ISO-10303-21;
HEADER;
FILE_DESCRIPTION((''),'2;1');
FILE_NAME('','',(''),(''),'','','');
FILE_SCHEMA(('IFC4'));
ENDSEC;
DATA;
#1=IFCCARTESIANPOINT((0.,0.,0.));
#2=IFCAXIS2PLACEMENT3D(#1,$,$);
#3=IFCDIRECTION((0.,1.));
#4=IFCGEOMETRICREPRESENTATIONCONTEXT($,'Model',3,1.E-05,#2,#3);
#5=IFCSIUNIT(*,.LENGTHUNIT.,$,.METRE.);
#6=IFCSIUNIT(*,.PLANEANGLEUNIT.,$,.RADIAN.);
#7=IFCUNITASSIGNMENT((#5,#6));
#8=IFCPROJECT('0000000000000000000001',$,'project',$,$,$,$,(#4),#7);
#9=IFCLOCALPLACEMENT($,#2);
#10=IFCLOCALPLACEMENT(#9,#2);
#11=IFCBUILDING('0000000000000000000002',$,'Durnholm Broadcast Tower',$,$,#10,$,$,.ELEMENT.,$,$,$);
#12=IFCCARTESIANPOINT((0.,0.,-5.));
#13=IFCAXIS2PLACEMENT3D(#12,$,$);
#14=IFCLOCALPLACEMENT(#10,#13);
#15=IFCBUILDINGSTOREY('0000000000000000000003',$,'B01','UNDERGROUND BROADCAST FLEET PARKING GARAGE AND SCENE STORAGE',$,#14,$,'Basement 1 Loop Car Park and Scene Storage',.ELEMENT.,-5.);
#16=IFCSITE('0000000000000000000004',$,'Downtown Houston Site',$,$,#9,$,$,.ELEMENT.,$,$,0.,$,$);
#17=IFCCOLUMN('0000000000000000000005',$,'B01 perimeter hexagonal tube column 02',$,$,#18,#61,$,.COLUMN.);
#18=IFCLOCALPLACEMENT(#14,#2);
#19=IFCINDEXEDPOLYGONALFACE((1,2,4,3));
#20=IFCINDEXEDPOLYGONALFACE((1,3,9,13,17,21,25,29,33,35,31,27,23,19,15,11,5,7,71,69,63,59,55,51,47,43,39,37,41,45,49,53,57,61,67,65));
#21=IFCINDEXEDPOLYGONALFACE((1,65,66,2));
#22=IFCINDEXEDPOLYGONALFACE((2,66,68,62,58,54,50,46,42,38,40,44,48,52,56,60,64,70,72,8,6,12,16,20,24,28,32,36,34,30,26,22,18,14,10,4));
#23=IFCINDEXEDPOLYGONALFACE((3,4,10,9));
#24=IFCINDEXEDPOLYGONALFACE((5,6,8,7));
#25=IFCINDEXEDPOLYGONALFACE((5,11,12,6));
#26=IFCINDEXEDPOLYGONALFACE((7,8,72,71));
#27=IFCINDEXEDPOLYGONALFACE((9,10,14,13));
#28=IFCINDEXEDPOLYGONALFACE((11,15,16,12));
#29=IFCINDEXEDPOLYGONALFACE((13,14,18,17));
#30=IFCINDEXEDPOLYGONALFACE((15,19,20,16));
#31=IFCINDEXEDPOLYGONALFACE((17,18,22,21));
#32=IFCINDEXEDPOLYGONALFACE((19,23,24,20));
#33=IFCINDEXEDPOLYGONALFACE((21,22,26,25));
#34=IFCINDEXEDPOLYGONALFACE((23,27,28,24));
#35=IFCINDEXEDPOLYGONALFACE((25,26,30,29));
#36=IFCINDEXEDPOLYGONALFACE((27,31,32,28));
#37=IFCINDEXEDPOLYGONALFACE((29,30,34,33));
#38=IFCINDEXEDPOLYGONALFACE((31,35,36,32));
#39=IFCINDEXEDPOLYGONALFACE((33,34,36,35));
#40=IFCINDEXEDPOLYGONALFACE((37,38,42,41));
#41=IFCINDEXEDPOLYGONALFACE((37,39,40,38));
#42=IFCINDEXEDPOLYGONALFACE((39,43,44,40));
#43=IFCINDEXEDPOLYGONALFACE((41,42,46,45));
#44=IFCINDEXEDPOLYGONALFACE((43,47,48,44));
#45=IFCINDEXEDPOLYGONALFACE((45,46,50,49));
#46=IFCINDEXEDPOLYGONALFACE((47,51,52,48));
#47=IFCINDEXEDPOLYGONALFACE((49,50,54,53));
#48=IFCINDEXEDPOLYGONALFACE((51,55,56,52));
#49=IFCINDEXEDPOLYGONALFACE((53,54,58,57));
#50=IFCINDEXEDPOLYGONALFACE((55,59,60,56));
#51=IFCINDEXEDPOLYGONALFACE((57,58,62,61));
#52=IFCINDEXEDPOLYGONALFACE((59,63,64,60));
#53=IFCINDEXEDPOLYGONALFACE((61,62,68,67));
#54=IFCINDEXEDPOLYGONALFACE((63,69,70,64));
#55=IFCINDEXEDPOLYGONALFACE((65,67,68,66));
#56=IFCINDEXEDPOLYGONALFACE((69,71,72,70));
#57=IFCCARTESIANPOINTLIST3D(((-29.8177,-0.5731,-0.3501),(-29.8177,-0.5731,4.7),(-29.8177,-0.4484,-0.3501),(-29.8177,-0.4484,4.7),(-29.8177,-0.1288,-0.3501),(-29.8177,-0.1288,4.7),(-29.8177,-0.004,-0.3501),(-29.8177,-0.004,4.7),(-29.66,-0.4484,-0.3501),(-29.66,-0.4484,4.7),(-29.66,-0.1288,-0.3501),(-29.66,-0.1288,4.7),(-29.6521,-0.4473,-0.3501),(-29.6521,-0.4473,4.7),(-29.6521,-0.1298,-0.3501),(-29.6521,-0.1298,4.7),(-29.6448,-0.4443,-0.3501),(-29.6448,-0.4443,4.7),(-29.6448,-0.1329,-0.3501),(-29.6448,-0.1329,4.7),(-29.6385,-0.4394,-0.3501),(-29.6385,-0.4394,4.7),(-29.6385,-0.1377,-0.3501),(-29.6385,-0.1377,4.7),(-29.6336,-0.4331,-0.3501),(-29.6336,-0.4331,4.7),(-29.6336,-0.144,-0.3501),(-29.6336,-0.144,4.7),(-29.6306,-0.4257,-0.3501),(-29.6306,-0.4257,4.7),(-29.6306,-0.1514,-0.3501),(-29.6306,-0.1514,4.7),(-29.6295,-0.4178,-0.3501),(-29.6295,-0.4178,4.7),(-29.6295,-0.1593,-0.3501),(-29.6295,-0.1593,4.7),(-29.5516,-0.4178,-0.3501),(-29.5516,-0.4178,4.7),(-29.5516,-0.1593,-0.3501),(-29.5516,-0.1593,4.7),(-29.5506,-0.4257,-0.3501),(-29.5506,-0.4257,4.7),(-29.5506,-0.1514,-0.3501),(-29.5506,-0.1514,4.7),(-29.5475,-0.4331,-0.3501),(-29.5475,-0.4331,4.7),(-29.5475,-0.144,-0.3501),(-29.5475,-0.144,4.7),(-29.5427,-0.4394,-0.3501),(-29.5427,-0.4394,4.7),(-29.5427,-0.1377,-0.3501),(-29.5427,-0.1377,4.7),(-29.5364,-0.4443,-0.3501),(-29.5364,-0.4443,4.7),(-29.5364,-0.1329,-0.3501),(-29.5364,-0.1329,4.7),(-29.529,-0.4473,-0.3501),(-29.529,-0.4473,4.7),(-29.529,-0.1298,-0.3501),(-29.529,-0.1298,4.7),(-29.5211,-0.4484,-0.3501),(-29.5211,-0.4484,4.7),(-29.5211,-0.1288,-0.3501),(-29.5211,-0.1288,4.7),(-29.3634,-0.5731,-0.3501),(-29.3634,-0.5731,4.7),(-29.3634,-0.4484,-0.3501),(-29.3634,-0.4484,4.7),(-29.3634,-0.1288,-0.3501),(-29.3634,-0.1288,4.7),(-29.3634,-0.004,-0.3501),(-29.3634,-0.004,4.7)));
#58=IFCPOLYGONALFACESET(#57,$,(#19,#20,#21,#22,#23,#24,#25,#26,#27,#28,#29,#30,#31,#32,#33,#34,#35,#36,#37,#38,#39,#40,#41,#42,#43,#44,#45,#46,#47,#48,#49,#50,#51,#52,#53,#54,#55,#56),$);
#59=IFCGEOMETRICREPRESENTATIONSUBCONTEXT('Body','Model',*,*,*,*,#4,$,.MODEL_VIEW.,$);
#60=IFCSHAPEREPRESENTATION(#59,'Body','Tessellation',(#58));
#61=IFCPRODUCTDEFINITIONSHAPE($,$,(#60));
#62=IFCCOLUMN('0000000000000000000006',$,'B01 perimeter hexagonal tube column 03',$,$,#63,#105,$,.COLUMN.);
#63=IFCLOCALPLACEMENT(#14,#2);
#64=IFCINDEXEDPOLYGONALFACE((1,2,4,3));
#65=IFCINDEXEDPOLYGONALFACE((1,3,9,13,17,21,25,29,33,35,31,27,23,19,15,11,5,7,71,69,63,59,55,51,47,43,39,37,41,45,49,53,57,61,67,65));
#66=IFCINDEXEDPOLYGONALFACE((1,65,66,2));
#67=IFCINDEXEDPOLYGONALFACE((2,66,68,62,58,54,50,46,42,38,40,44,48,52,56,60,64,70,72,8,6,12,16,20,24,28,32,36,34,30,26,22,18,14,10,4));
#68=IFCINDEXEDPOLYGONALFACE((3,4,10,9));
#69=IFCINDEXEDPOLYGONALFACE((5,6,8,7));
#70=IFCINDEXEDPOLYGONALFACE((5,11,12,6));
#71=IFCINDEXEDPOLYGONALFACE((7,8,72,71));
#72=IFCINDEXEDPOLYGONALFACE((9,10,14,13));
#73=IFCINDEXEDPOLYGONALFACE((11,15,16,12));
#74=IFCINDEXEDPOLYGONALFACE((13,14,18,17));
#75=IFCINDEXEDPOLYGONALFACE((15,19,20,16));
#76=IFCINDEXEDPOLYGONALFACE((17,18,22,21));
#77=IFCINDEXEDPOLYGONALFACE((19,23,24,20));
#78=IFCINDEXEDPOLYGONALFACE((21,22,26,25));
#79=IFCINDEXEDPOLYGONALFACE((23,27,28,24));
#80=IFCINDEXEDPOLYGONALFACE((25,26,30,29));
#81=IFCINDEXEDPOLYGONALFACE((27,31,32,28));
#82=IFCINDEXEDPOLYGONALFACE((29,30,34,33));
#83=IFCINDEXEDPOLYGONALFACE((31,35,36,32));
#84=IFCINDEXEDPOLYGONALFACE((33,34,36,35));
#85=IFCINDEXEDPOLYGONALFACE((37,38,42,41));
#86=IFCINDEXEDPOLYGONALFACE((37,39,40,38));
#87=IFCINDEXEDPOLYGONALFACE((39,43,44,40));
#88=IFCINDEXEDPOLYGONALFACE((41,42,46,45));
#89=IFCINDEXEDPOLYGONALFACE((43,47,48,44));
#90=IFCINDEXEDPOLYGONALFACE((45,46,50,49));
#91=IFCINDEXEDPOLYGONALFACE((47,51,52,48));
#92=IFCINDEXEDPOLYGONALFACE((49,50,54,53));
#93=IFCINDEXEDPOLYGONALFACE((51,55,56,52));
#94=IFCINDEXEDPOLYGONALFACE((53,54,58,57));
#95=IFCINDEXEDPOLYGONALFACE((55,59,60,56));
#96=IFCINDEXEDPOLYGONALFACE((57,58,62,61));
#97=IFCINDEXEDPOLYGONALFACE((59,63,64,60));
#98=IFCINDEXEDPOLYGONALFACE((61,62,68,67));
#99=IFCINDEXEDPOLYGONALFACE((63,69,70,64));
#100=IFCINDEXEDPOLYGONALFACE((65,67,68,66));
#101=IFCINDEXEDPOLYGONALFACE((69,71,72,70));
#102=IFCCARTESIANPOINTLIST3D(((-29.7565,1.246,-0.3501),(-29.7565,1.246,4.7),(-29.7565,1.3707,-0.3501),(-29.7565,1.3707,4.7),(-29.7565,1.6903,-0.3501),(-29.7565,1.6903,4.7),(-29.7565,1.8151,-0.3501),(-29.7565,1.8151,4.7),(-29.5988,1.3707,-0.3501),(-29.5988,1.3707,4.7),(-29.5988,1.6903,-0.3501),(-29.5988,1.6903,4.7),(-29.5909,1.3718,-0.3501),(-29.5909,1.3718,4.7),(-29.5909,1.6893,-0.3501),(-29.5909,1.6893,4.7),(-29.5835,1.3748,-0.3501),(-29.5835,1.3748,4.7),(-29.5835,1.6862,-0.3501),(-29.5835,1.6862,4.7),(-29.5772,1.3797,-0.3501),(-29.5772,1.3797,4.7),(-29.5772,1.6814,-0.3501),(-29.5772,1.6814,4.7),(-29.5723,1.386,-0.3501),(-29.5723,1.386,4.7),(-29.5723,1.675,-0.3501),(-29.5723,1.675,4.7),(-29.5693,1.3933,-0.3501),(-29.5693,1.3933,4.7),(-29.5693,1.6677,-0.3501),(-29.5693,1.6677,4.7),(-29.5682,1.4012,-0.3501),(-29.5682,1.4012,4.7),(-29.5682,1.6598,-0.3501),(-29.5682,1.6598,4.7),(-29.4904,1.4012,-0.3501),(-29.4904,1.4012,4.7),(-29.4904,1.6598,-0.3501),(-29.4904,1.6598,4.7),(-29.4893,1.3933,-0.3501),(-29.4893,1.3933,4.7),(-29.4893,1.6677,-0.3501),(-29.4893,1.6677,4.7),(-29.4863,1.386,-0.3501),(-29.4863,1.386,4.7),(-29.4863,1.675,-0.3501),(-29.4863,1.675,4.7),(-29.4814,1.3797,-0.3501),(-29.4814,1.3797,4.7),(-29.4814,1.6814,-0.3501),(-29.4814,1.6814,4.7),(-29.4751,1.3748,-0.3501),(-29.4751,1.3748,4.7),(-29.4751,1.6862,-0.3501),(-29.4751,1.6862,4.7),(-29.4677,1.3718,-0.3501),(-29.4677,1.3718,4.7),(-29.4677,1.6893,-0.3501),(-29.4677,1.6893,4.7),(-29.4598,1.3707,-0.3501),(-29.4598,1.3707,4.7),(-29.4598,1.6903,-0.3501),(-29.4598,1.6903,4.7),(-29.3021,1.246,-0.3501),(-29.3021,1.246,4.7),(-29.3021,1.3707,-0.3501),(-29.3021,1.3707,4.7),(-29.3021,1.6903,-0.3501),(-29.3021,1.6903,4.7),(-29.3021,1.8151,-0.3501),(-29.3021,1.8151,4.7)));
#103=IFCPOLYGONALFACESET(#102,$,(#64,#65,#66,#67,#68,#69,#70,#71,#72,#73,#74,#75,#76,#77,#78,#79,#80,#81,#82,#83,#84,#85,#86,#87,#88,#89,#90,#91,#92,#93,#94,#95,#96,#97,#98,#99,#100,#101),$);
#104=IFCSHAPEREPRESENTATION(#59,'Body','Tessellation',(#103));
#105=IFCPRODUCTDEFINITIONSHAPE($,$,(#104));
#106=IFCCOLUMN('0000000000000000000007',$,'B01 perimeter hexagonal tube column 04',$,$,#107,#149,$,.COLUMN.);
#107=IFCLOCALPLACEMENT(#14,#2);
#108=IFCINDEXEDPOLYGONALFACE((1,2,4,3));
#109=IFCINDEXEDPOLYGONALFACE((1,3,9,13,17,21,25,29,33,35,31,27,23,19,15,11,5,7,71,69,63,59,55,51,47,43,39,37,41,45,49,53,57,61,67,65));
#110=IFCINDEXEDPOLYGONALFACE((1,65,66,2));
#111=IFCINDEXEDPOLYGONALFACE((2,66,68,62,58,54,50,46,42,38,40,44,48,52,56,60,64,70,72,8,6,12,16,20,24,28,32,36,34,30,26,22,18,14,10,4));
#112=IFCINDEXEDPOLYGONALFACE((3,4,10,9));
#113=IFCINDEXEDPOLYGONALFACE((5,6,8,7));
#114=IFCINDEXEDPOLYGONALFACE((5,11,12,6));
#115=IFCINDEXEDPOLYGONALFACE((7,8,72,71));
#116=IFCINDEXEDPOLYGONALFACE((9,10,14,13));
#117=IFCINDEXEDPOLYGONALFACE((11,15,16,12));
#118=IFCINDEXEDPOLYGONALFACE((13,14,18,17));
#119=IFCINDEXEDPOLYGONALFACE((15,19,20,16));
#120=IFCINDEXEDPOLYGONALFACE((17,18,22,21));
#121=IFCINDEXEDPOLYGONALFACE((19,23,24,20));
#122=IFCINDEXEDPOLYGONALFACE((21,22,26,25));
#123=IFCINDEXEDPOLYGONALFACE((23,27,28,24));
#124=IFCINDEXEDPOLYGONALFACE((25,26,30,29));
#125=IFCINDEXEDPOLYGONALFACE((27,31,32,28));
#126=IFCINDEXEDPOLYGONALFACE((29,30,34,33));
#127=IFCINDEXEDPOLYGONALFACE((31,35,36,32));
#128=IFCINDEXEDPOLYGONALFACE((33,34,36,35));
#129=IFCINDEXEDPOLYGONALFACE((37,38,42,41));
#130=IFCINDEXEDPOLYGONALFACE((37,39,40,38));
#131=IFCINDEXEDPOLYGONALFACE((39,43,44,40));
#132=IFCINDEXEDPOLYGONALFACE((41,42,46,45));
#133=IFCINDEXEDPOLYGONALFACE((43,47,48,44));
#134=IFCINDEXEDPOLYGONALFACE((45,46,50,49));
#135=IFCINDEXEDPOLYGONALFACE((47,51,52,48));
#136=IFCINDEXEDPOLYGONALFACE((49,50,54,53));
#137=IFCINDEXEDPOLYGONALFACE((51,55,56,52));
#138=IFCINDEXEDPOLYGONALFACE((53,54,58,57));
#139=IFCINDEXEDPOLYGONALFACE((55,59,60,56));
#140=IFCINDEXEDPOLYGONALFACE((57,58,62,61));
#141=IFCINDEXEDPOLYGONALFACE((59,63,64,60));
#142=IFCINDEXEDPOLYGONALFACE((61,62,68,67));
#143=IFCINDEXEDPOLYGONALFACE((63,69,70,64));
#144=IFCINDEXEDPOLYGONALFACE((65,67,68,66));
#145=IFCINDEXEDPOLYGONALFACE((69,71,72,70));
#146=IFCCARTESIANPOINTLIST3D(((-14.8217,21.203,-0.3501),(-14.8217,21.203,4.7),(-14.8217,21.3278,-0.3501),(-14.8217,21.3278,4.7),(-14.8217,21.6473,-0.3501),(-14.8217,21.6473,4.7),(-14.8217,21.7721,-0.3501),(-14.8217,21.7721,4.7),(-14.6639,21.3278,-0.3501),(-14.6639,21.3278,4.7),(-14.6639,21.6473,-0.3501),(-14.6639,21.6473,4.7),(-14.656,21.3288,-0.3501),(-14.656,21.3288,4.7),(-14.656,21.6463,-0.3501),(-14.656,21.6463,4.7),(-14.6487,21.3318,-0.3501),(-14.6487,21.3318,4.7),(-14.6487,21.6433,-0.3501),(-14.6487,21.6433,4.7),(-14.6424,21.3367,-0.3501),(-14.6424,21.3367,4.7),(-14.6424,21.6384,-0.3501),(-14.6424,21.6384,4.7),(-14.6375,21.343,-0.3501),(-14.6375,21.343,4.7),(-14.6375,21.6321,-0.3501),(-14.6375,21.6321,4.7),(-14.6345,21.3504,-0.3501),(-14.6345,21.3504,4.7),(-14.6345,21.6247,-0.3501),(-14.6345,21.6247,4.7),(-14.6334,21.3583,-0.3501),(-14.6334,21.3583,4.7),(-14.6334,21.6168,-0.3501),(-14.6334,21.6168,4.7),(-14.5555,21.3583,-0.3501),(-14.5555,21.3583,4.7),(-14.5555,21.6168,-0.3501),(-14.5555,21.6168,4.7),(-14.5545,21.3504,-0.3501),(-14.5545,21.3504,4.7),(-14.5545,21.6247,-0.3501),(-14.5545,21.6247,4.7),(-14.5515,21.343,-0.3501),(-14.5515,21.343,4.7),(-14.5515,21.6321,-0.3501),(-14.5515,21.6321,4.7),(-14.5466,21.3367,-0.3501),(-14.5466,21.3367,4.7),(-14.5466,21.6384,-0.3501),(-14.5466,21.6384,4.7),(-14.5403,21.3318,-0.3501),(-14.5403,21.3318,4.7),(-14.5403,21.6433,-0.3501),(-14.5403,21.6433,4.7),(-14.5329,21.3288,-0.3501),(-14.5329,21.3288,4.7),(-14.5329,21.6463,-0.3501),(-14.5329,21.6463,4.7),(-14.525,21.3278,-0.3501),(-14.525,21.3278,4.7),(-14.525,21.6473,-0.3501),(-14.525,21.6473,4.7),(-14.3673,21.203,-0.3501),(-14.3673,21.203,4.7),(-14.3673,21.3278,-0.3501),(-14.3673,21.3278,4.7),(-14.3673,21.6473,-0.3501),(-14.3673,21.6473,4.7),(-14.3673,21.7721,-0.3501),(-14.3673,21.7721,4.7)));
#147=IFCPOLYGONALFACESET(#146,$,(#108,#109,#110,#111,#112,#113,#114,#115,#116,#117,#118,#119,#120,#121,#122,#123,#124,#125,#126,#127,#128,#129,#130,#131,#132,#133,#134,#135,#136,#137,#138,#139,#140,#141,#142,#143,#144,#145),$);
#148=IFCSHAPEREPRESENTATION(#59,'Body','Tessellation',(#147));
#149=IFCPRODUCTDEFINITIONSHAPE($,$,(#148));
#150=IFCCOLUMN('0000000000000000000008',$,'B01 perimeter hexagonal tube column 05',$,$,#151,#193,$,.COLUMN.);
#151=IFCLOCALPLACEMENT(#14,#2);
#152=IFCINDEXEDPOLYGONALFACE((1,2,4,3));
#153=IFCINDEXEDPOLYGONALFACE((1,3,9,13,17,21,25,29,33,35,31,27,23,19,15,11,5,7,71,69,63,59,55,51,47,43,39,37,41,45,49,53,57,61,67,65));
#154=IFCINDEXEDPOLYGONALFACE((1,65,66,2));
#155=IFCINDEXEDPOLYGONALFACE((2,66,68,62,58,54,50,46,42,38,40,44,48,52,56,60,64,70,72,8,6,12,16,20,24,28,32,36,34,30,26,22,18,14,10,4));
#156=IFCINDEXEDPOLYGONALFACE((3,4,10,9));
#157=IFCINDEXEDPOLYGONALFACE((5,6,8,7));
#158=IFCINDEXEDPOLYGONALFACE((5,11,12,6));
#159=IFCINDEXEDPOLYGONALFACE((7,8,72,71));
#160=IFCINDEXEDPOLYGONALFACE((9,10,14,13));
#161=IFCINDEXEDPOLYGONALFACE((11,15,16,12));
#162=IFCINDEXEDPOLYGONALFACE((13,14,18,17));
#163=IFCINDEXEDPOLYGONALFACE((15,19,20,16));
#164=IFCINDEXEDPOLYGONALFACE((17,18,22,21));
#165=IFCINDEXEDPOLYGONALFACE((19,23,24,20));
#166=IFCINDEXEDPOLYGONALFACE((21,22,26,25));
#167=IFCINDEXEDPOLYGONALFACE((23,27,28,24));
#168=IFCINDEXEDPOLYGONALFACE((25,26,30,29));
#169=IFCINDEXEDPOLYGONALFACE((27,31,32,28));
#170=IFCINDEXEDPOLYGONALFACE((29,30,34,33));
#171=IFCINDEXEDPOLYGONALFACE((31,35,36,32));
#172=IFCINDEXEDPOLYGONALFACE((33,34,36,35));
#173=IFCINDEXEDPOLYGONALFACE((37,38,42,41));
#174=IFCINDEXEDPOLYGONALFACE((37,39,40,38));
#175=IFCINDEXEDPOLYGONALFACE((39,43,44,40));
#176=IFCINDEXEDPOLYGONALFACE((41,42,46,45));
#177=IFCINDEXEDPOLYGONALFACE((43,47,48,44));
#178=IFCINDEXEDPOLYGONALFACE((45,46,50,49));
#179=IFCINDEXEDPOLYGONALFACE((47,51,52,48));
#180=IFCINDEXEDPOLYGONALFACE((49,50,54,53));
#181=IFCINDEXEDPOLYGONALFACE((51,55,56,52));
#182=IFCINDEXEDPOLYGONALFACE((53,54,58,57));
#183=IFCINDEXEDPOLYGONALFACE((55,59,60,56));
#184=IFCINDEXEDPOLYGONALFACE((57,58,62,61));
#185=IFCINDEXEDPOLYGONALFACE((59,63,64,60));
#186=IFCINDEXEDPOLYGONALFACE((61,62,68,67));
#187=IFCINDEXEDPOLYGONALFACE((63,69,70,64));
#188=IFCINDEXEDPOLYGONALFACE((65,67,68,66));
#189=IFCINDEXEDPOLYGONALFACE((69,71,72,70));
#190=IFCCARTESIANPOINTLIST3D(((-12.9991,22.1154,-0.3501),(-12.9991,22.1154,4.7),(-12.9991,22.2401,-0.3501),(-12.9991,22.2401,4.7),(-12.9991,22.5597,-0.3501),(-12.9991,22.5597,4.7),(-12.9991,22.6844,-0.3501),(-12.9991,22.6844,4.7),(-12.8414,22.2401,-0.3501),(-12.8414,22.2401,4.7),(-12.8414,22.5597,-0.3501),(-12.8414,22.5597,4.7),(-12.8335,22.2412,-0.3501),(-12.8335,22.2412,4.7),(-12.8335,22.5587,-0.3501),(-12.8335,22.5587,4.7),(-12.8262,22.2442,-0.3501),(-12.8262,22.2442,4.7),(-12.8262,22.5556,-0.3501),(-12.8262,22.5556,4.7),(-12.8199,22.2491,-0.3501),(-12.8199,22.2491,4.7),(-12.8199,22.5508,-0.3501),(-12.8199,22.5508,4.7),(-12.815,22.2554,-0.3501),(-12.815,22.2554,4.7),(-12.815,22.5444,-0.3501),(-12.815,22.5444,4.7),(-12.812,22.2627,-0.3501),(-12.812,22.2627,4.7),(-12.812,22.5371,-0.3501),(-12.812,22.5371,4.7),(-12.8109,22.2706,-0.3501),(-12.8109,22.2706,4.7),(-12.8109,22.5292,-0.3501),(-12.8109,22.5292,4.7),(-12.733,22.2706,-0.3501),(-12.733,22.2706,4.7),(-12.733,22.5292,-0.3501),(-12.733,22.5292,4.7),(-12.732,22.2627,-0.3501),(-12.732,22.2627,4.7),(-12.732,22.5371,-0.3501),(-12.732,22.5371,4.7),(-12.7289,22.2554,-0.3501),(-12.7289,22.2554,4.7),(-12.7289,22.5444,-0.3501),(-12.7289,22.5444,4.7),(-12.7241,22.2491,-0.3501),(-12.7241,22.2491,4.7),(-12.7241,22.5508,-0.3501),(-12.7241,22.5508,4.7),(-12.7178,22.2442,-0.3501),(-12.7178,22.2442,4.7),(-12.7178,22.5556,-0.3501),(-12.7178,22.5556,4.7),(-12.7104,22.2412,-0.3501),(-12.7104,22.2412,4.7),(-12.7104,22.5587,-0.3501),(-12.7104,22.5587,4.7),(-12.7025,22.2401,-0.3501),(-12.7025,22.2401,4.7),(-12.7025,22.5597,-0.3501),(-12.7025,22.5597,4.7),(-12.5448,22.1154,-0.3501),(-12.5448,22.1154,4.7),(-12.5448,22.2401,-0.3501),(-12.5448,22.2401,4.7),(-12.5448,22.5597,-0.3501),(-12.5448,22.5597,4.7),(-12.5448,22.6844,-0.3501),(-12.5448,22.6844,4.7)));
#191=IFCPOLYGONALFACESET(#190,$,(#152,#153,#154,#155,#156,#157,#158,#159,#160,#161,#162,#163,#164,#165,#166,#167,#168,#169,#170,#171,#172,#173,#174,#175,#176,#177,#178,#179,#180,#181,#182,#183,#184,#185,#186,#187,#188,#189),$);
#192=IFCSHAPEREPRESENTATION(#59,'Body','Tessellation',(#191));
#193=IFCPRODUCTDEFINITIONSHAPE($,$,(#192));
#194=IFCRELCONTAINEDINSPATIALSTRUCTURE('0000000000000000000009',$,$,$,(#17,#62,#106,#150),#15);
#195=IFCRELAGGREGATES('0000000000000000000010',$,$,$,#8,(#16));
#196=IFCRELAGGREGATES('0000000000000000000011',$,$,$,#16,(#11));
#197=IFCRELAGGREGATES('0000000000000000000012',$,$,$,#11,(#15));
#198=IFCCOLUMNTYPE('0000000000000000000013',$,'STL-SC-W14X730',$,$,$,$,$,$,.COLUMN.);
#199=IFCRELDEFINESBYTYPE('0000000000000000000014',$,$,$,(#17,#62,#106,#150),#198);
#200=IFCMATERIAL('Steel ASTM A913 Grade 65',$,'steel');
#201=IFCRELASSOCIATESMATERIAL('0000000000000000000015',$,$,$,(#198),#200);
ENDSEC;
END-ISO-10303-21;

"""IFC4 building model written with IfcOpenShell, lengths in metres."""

from ifc_helpers import new_model, si_unit, direction, frame, origin, origin_2d, place, context, subcontext, project, spatial, i_section, extrude, source, transform, mapped, material, material_profile, profile_set, type_object, type_shapes, element, save


model = new_model("IFC4")

# Units and contexts
model_context = context("Model", 3, precision=1e-05, world=origin(), true_north=direction((0.0, 1.0)))
body_context = subcontext(model_context, "Body", "Model", "MODEL_VIEW")
ifc_project = project(units=[si_unit("LENGTHUNIT", "METRE"), si_unit("PLANEANGLEUNIT", "RADIAN")], contexts=[model_context])

# Site, building, storey
site_placement = place(None, origin())
site = spatial("IfcSite", under=ifc_project, at=site_placement, Name="Downtown Houston Site", CompositionType="ELEMENT", RefElevation=0.0)
building_placement = place(site_placement, origin())
building = spatial("IfcBuilding", under=site, at=building_placement, Name="Durnholm Broadcast Tower", CompositionType="ELEMENT")
storey_placement = place(building_placement, frame((0.0, 0.0, -5.0)))
storey = spatial("IfcBuildingStorey", under=building, at=storey_placement, Name="B01", Description="UNDERGROUND BROADCAST FLEET PARKING GARAGE AND SCENE STORAGE", LongName="Basement 1 Loop Car Park and Scene Storage", CompositionType="ELEMENT", Elevation=-5.0)

# Columns
ifc_material_1 = material(Name="Steel ASTM A913 Grade 65", Category="steel")
ifc_material_profile_1 = material_profile(ifc_material_1, i_section(OverallWidth=0.4543, OverallDepth=0.5691, WebThickness=0.0779, FlangeThickness=0.1248, FilletRadius=0.0305, at=origin_2d()), Name="W14X730")
ifc_profile_set_1 = profile_set([ifc_material_profile_1], Name="Steel ASTM A913 Grade 65")
column_type = type_object("IfcColumnType", Name="STL-SC-W14X730", PredefinedType="COLUMN", material=ifc_profile_set_1)
shared_shape_1 = source(origin(), body_context, "Body", "SweptSolid", [
    extrude(i_section(OverallWidth=0.4543, OverallDepth=0.5691, WebThickness=0.0779, FlangeThickness=0.1248, FilletRadius=0.0305, at=origin_2d()), origin(), (0.0, 0.0, 1.0), 5.05),
])
type_shapes(column_type, [shared_shape_1])
for number, where, z_axis, x_axis, name in (
    (1, (-29.5906, -0.2886, -0.3501), (0.0, 0.0, 1.0), (1.0, 0.0, 0.0), "B01 perimeter hexagonal tube column 02"),
    (2, (-29.5293, 1.5305, -0.3501), (0.0, 0.0, 1.0), (1.0, 0.0, 0.0), "B01 perimeter hexagonal tube column 03"),
    (3, (-14.5945, 21.4875, -0.3501), (0.0, 0.0, 1.0), (1.0, 0.0, 0.0), "B01 perimeter hexagonal tube column 04"),
    (4, (-12.772, 22.3999, -0.3501), (0.0, 0.0, 1.0), (1.0, 0.0, 0.0), "B01 perimeter hexagonal tube column 05"),
):
    element("IfcColumn", number, at=place(storey_placement, frame(where, z_axis=z_axis, x_axis=x_axis)), inside=storey, type_object=column_type, Name=name, PredefinedType="COLUMN", context=body_context, shape_type="MappedRepresentation", body=[
        mapped(shared_shape_1, transform((0.0, 0.0, 0.0), x_axis=(1.0, 0.0, 0.0), y_axis=(0.0, 1.0, 0.0), z_axis=(0.0, 0.0, 1.0), scale=1.0)),
    ])

save(model, "model.ifc")
